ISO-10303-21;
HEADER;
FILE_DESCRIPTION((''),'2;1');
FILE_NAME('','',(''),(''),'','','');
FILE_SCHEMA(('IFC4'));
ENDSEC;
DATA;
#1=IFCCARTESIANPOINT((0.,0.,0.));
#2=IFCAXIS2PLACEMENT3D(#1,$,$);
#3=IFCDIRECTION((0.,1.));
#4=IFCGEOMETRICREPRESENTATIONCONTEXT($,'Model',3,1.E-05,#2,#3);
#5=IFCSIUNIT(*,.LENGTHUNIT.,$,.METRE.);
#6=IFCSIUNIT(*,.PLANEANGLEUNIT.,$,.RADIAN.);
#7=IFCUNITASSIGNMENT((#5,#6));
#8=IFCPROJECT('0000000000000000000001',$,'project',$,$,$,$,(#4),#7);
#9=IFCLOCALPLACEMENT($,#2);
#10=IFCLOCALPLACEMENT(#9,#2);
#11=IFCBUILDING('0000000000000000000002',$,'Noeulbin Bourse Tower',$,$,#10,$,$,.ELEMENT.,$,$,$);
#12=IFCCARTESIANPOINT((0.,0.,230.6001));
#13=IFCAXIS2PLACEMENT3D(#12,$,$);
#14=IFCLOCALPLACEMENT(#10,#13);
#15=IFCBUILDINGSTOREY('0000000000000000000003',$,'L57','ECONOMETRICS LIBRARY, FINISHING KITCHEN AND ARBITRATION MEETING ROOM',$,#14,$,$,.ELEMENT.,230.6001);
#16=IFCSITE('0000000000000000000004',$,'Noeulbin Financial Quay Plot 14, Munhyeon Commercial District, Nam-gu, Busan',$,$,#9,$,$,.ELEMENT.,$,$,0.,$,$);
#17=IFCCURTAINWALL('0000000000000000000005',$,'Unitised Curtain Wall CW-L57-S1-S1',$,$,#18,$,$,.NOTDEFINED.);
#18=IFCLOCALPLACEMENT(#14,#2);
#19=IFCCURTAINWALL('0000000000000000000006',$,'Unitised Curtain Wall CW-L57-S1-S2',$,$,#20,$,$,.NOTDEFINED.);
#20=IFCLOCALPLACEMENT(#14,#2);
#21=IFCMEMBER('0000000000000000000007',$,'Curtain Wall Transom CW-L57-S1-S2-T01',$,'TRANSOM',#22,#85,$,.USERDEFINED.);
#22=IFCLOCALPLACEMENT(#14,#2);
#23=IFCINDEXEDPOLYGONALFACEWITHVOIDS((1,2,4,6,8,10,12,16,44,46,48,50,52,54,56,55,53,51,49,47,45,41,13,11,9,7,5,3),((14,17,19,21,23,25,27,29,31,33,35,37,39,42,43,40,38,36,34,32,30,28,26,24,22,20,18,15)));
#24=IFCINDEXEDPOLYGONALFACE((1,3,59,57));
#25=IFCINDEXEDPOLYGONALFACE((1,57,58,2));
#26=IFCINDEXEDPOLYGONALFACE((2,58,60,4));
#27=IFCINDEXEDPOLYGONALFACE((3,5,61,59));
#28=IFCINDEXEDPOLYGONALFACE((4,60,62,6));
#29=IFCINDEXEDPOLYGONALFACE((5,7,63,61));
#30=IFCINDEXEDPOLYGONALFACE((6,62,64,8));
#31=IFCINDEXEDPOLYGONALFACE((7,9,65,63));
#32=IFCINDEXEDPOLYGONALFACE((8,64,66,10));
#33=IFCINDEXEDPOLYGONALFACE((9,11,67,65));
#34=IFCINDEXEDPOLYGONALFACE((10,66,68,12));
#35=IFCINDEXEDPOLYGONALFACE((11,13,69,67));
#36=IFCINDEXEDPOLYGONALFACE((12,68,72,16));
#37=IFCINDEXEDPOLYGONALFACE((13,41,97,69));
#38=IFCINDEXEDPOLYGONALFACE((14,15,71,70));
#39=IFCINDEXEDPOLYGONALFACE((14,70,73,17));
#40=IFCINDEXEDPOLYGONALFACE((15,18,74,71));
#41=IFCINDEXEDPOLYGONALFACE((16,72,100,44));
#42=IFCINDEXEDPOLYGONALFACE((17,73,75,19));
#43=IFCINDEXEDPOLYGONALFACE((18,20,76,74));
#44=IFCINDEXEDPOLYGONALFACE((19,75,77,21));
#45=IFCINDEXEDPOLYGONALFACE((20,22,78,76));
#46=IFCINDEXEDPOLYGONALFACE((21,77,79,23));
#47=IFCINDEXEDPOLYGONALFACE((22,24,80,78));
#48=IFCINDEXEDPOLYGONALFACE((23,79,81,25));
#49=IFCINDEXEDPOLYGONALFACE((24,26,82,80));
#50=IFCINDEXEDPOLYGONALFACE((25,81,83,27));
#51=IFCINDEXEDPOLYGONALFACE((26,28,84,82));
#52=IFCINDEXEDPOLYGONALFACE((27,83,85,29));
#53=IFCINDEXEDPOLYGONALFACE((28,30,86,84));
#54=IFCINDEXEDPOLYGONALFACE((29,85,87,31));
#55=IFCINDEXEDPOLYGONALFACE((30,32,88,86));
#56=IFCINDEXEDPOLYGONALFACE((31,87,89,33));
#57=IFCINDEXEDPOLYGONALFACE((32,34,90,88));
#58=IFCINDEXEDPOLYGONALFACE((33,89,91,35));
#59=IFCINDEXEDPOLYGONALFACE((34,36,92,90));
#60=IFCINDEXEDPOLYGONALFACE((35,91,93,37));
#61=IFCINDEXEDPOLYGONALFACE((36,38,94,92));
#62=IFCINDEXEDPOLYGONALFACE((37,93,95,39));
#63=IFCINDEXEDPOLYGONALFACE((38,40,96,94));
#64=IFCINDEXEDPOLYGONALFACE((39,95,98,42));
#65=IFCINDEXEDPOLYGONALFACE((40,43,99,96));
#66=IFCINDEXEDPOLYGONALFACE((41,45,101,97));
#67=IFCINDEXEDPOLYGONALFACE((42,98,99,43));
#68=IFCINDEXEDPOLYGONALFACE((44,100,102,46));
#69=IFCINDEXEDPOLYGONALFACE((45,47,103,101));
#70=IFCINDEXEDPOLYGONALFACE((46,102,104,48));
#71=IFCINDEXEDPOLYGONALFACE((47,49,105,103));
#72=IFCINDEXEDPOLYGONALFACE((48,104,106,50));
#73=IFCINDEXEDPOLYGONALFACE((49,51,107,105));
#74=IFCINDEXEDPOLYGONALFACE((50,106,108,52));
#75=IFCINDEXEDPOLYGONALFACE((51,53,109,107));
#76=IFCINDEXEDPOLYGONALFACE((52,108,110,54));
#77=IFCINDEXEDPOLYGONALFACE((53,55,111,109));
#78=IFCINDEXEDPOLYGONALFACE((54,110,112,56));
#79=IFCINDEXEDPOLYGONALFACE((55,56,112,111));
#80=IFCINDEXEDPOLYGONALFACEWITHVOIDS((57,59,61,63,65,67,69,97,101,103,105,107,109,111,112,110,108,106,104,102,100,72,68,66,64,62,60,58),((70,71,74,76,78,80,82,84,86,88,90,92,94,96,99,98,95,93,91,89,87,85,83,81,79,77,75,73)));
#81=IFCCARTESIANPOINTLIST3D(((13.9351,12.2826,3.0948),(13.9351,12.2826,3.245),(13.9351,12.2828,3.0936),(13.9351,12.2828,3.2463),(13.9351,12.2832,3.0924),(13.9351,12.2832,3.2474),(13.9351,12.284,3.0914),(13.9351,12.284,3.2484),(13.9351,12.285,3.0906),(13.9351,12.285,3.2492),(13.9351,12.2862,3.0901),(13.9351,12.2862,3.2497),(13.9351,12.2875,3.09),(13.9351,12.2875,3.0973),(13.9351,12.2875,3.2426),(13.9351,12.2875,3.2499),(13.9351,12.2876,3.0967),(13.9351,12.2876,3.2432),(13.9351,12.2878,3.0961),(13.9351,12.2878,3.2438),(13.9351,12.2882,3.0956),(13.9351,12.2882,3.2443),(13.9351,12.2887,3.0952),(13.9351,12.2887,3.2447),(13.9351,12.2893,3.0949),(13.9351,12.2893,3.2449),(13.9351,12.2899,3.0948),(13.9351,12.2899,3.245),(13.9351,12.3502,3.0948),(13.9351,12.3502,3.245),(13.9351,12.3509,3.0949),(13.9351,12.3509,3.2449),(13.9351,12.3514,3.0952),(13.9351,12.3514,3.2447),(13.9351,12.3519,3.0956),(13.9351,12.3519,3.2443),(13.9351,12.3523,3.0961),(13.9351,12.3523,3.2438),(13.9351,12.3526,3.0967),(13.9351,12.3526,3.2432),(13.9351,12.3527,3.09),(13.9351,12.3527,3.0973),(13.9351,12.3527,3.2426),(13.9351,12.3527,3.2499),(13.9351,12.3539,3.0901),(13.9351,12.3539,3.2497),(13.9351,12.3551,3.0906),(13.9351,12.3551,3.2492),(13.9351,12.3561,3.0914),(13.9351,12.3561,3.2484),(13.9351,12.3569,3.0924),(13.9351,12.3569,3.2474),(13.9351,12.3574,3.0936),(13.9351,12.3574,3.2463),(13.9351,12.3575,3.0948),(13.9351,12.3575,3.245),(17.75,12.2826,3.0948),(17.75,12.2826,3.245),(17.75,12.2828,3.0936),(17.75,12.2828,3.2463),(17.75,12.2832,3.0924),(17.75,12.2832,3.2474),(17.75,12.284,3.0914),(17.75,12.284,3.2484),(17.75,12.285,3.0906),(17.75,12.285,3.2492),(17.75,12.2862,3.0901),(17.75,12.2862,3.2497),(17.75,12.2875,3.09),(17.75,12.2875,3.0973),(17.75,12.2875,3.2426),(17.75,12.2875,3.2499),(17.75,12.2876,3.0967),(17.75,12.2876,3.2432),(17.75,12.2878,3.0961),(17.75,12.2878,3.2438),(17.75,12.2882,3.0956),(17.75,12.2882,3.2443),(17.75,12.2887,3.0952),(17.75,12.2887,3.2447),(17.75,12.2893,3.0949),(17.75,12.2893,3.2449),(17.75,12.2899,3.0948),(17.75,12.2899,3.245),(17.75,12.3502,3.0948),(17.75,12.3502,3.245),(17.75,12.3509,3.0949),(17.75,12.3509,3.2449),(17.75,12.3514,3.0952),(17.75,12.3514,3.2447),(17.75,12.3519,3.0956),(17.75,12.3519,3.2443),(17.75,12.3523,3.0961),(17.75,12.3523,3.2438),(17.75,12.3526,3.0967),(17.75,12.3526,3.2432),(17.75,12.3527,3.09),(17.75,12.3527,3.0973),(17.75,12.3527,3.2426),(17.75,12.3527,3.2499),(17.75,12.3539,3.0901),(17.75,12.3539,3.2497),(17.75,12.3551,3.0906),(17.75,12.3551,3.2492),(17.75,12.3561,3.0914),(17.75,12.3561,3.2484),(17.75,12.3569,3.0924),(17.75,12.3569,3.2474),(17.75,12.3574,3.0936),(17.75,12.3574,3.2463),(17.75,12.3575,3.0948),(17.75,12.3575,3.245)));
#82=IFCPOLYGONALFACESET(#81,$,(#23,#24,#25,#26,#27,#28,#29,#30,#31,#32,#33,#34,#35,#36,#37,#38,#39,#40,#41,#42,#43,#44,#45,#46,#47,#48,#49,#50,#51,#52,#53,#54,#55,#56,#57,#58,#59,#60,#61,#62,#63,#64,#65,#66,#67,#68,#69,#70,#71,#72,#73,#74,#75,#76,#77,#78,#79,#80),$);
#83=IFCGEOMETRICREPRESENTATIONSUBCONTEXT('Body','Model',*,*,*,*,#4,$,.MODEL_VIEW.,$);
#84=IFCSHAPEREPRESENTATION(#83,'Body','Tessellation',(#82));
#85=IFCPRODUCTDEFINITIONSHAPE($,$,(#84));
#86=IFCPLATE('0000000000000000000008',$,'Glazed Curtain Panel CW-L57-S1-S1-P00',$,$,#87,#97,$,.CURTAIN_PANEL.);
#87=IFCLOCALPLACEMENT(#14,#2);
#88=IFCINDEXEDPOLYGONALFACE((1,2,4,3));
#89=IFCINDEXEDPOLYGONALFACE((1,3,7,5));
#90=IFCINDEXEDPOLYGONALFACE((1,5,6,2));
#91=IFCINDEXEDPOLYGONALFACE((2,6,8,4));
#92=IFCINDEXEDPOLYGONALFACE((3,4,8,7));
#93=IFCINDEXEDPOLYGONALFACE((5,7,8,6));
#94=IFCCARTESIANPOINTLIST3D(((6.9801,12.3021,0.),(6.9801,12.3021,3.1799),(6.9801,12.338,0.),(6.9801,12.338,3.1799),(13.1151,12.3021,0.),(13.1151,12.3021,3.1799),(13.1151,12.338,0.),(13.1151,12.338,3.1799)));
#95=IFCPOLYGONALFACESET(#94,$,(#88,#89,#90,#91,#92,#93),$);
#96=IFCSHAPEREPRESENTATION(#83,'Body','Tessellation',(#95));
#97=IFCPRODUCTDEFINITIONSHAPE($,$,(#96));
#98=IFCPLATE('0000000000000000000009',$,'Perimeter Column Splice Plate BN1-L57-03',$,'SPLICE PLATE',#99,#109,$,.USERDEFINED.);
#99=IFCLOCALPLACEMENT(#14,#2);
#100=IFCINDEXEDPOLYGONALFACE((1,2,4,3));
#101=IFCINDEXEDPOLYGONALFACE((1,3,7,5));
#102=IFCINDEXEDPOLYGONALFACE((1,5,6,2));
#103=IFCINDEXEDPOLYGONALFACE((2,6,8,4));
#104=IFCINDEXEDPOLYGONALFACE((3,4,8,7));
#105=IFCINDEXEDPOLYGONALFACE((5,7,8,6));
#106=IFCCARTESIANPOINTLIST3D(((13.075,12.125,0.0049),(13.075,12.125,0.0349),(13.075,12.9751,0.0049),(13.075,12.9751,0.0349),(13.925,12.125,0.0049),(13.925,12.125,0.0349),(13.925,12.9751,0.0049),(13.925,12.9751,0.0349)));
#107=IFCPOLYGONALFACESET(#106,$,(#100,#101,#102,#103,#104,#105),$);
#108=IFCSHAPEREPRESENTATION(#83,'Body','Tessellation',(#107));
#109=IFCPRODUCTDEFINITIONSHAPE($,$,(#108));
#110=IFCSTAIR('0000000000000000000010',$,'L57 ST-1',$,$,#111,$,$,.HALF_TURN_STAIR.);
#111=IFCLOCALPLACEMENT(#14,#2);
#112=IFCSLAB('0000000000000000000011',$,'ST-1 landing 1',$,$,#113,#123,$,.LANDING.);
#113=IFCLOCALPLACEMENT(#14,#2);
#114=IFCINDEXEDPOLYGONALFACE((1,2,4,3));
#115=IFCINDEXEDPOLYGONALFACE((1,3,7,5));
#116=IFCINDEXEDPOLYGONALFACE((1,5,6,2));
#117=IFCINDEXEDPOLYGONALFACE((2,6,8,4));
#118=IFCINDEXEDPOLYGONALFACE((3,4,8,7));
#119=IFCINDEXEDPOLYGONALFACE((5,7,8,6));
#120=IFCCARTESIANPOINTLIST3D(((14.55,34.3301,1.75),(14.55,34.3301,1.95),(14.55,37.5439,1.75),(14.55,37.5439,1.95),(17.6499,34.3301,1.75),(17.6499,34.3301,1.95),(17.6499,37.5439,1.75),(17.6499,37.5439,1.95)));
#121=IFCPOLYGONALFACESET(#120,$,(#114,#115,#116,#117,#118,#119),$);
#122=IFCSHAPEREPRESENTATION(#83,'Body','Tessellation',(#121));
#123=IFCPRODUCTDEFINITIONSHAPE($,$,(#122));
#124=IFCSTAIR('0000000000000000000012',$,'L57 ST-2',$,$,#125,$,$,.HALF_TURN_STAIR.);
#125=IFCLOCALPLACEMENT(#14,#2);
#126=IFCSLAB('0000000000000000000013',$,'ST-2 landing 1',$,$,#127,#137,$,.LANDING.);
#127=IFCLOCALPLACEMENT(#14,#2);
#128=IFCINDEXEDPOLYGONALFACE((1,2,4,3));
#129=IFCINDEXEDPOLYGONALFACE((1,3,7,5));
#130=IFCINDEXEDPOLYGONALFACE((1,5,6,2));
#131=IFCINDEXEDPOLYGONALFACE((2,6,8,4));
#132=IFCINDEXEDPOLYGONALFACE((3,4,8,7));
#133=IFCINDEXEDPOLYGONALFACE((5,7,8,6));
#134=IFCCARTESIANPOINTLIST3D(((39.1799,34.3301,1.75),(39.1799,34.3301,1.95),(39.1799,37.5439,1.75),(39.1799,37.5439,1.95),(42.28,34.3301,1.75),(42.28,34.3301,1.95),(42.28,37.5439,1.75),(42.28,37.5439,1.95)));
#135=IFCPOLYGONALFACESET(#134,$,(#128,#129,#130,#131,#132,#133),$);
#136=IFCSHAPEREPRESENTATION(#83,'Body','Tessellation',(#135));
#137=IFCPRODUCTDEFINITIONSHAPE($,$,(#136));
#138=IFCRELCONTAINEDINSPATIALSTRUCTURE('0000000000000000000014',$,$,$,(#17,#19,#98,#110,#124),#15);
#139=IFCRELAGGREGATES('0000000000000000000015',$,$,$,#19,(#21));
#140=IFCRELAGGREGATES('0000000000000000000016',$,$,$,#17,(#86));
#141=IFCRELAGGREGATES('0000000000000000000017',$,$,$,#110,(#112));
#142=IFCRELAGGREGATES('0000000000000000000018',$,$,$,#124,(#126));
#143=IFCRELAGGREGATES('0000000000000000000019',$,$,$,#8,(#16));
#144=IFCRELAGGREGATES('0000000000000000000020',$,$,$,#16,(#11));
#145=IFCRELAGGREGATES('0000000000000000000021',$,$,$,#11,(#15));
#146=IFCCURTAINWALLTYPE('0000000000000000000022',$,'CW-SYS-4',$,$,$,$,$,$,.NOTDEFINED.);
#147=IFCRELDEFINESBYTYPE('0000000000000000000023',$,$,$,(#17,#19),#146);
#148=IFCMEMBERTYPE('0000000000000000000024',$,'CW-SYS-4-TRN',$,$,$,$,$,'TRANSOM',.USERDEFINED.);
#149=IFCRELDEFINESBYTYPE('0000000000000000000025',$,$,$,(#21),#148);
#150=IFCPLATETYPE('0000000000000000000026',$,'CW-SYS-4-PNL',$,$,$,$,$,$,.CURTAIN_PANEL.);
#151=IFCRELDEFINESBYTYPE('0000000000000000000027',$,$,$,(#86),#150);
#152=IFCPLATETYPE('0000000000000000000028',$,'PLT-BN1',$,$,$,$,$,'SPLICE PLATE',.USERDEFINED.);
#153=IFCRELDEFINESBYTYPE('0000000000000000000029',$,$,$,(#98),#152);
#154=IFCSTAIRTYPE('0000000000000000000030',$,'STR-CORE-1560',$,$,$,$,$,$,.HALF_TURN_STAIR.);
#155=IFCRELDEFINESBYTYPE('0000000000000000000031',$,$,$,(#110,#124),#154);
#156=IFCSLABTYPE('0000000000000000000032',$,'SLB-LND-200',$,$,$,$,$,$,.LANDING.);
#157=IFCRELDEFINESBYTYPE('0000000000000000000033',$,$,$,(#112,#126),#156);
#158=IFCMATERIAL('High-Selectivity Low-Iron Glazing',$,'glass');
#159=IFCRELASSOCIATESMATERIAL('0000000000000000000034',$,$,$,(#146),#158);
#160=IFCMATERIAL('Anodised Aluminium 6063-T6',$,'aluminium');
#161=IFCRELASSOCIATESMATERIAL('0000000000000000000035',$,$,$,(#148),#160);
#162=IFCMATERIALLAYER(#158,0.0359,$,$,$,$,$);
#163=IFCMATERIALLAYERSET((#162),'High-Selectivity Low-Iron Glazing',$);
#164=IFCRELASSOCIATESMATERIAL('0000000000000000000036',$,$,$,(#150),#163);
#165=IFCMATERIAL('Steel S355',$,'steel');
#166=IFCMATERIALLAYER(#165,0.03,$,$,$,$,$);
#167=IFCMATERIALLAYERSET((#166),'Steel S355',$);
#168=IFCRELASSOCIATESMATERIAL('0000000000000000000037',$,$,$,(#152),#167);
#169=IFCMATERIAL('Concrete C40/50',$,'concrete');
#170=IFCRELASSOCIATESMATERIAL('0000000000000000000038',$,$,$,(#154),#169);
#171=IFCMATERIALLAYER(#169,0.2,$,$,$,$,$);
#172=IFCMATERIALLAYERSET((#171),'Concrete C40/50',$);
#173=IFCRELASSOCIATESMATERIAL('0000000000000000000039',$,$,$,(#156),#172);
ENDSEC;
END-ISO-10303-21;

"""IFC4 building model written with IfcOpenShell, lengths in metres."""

from ifc_helpers import new_model, si_unit, direction, frame, origin, origin_2d, place, context, subcontext, project, spatial, polyline, rectangle, hollow_rectangle, outline, extrude, material, layer, layer_set, material_profile, profile_set, type_object, element, aggregate, save


model = new_model("IFC4")

# Units and contexts
model_context = context("Model", 3, precision=1e-05, world=origin(), true_north=direction((0.0, 1.0)))
body_context = subcontext(model_context, "Body", "Model", "MODEL_VIEW")
ifc_project = project(units=[si_unit("LENGTHUNIT", "METRE"), si_unit("PLANEANGLEUNIT", "RADIAN")], contexts=[model_context])

# Site, building, storey
site_placement = place(None, origin())
site = spatial("IfcSite", under=ifc_project, at=site_placement, Name="Noeulbin Financial Quay Plot 14, Munhyeon Commercial District, Nam-gu, Busan", CompositionType="ELEMENT", RefElevation=0.0)
building_placement = place(site_placement, origin())
building = spatial("IfcBuilding", under=site, at=building_placement, Name="Noeulbin Bourse Tower", CompositionType="ELEMENT")
storey_placement = place(building_placement, frame((0.0, 0.0, 230.6001)))
storey = spatial("IfcBuildingStorey", under=building, at=storey_placement, Name="L57", Description="ECONOMETRICS LIBRARY, FINISHING KITCHEN AND ARBITRATION MEETING ROOM", CompositionType="ELEMENT", Elevation=230.6001)

# Shared definitions
ifc_material_1 = material(Name="Steel S355", Category="steel")

# Curtain wall
ifc_material_2 = material(Name="High-Selectivity Low-Iron Glazing", Category="glass")
curtain_wall_type = type_object("IfcCurtainWallType", Name="CW-SYS-4", PredefinedType="NOTDEFINED", material=ifc_material_2)
curtain_wall_1_placement = place(storey_placement, origin())
curtain_wall_1 = element("IfcCurtainWall", 1, at=curtain_wall_1_placement, inside=storey, type_object=curtain_wall_type, Name="Unitised Curtain Wall CW-L57-S1-S1", PredefinedType="NOTDEFINED")
ifc_material_3 = material(Name="Anodised Aluminium 6063-T6", Category="aluminium")

# Curtain wall
curtain_wall_2_placement = place(storey_placement, origin())
curtain_wall_2 = element("IfcCurtainWall", 2, at=curtain_wall_2_placement, inside=storey, type_object=curtain_wall_type, Name="Unitised Curtain Wall CW-L57-S1-S2", PredefinedType="NOTDEFINED")

# Member
ifc_material_profile_1 = material_profile(ifc_material_3, hollow_rectangle(XDim=0.075, YDim=0.1599, WallThickness=0.0049, InnerFilletRadius=0.0024, OuterFilletRadius=0.0049, at=origin_2d()), Name="ALU-TRAN-75x160x5", Category="LoadBearing")
ifc_profile_set_1 = profile_set([ifc_material_profile_1], Name="Anodised Aluminium 6063-T6")
member_type_1 = type_object("IfcMemberType", Name="CW-SYS-4-TRN", ElementType="TRANSOM", PredefinedType="USERDEFINED", material=ifc_profile_set_1)
member_1_placement = place(storey_placement, frame((13.9351, 12.3201, 3.1699), z_axis=(1.0, 0.0, 0.0), x_axis=(0.0, 1.0, 0.0)))
member_1 = element("IfcMember", 3, at=member_1_placement, type_object=member_type_1, Name="Curtain Wall Transom CW-L57-S1-S2-T01", ObjectType="TRANSOM", PredefinedType="USERDEFINED", context=body_context, shape_type="SweptSolid", body=[
    extrude(hollow_rectangle(XDim=0.075, YDim=0.1599, WallThickness=0.0049, InnerFilletRadius=0.0024, OuterFilletRadius=0.0049, at=origin_2d()), origin(), (0.0, 0.0, 1.0), 3.8149),
])
aggregate(curtain_wall_2, [member_1])

# Plates
ifc_layer_1 = layer(ifc_material_2, 0.0359)
ifc_layer_set_1 = layer_set([ifc_layer_1], Name="High-Selectivity Low-Iron Glazing")
plate_type_1 = type_object("IfcPlateType", Name="CW-SYS-4-PNL", PredefinedType="CURTAIN_PANEL", material=ifc_layer_set_1)
plate_1_placement = place(storey_placement, frame((10.0476, 12.3201, 0.0), z_axis=(0.0, 0.0, 1.0), x_axis=(1.0, 0.0, 0.0)))
plate_1 = element("IfcPlate", 4, at=plate_1_placement, type_object=plate_type_1, Name="Glazed Curtain Panel CW-L57-S1-S1-P00", PredefinedType="CURTAIN_PANEL", context=body_context, shape_type="SweptSolid", body=[
    extrude(rectangle(XDim=6.135, YDim=0.0359, at=origin_2d()), origin(), (0.0, 0.0, 1.0), 3.1799),
])
aggregate(curtain_wall_1, [plate_1])
ifc_layer_2 = layer(ifc_material_1, 0.03)
ifc_layer_set_2 = layer_set([ifc_layer_2], Name="Steel S355")
plate_type_2 = type_object("IfcPlateType", Name="PLT-BN1", ElementType="SPLICE PLATE", PredefinedType="USERDEFINED", material=ifc_layer_set_2)
plate_2_placement = place(storey_placement, frame((13.5, 12.55, 0.0049), z_axis=(0.0, 0.0, 1.0), x_axis=(1.0, 0.0, 0.0)))
element("IfcPlate", 5, at=plate_2_placement, inside=storey, type_object=plate_type_2, Name="Perimeter Column Splice Plate BN1-L57-03", ObjectType="SPLICE PLATE", PredefinedType="USERDEFINED", context=body_context, shape_type="SweptSolid", body=[
    extrude(rectangle(XDim=0.8501, YDim=0.8501, at=origin_2d()), origin(), (0.0, 0.0, 1.0), 0.03),
])

# Stairs, slabs
ifc_material_4 = material(Name="Concrete C40/50", Category="concrete")
stair_type = type_object("IfcStairType", Name="STR-CORE-1560", PredefinedType="HALF_TURN_STAIR", material=ifc_material_4)
stair_1_placement = place(storey_placement, origin())
stair_1 = element("IfcStair", 6, at=stair_1_placement, inside=storey, type_object=stair_type, Name="L57 ST-1", PredefinedType="HALF_TURN_STAIR")
ifc_layer_3 = layer(ifc_material_4, 0.2)
ifc_layer_set_3 = layer_set([ifc_layer_3], Name="Concrete C40/50")
slab_type_1 = type_object("IfcSlabType", Name="SLB-LND-200", PredefinedType="LANDING", material=ifc_layer_set_3)
slab_1_placement = place(storey_placement, frame((0.0, 0.0, 1.75)))
slab_1 = element("IfcSlab", 7, at=slab_1_placement, type_object=slab_type_1, Name="ST-1 landing 1", PredefinedType="LANDING", context=body_context, shape_type="SweptSolid", body=[
    extrude(outline(polyline([(17.6499, 34.3301), (17.6499, 37.5439), (14.55, 37.5439), (14.55, 34.3301), (17.6499, 34.3301)])), origin(), (0.0, 0.0, 1.0), 0.2),
])
aggregate(stair_1, [slab_1])
stair_2_placement = place(storey_placement, origin())
stair_2 = element("IfcStair", 8, at=stair_2_placement, inside=storey, type_object=stair_type, Name="L57 ST-2", PredefinedType="HALF_TURN_STAIR")
slab_2_placement = place(storey_placement, frame((0.0, 0.0, 1.75)))
slab_2 = element("IfcSlab", 9, at=slab_2_placement, type_object=slab_type_1, Name="ST-2 landing 1", PredefinedType="LANDING", context=body_context, shape_type="SweptSolid", body=[
    extrude(outline(polyline([(42.28, 34.3301), (42.28, 37.5439), (39.1799, 37.5439), (39.1799, 34.3301), (42.28, 34.3301)])), origin(), (0.0, 0.0, 1.0), 0.2),
])
aggregate(stair_2, [slab_2])

save(model, "model.ifc")
